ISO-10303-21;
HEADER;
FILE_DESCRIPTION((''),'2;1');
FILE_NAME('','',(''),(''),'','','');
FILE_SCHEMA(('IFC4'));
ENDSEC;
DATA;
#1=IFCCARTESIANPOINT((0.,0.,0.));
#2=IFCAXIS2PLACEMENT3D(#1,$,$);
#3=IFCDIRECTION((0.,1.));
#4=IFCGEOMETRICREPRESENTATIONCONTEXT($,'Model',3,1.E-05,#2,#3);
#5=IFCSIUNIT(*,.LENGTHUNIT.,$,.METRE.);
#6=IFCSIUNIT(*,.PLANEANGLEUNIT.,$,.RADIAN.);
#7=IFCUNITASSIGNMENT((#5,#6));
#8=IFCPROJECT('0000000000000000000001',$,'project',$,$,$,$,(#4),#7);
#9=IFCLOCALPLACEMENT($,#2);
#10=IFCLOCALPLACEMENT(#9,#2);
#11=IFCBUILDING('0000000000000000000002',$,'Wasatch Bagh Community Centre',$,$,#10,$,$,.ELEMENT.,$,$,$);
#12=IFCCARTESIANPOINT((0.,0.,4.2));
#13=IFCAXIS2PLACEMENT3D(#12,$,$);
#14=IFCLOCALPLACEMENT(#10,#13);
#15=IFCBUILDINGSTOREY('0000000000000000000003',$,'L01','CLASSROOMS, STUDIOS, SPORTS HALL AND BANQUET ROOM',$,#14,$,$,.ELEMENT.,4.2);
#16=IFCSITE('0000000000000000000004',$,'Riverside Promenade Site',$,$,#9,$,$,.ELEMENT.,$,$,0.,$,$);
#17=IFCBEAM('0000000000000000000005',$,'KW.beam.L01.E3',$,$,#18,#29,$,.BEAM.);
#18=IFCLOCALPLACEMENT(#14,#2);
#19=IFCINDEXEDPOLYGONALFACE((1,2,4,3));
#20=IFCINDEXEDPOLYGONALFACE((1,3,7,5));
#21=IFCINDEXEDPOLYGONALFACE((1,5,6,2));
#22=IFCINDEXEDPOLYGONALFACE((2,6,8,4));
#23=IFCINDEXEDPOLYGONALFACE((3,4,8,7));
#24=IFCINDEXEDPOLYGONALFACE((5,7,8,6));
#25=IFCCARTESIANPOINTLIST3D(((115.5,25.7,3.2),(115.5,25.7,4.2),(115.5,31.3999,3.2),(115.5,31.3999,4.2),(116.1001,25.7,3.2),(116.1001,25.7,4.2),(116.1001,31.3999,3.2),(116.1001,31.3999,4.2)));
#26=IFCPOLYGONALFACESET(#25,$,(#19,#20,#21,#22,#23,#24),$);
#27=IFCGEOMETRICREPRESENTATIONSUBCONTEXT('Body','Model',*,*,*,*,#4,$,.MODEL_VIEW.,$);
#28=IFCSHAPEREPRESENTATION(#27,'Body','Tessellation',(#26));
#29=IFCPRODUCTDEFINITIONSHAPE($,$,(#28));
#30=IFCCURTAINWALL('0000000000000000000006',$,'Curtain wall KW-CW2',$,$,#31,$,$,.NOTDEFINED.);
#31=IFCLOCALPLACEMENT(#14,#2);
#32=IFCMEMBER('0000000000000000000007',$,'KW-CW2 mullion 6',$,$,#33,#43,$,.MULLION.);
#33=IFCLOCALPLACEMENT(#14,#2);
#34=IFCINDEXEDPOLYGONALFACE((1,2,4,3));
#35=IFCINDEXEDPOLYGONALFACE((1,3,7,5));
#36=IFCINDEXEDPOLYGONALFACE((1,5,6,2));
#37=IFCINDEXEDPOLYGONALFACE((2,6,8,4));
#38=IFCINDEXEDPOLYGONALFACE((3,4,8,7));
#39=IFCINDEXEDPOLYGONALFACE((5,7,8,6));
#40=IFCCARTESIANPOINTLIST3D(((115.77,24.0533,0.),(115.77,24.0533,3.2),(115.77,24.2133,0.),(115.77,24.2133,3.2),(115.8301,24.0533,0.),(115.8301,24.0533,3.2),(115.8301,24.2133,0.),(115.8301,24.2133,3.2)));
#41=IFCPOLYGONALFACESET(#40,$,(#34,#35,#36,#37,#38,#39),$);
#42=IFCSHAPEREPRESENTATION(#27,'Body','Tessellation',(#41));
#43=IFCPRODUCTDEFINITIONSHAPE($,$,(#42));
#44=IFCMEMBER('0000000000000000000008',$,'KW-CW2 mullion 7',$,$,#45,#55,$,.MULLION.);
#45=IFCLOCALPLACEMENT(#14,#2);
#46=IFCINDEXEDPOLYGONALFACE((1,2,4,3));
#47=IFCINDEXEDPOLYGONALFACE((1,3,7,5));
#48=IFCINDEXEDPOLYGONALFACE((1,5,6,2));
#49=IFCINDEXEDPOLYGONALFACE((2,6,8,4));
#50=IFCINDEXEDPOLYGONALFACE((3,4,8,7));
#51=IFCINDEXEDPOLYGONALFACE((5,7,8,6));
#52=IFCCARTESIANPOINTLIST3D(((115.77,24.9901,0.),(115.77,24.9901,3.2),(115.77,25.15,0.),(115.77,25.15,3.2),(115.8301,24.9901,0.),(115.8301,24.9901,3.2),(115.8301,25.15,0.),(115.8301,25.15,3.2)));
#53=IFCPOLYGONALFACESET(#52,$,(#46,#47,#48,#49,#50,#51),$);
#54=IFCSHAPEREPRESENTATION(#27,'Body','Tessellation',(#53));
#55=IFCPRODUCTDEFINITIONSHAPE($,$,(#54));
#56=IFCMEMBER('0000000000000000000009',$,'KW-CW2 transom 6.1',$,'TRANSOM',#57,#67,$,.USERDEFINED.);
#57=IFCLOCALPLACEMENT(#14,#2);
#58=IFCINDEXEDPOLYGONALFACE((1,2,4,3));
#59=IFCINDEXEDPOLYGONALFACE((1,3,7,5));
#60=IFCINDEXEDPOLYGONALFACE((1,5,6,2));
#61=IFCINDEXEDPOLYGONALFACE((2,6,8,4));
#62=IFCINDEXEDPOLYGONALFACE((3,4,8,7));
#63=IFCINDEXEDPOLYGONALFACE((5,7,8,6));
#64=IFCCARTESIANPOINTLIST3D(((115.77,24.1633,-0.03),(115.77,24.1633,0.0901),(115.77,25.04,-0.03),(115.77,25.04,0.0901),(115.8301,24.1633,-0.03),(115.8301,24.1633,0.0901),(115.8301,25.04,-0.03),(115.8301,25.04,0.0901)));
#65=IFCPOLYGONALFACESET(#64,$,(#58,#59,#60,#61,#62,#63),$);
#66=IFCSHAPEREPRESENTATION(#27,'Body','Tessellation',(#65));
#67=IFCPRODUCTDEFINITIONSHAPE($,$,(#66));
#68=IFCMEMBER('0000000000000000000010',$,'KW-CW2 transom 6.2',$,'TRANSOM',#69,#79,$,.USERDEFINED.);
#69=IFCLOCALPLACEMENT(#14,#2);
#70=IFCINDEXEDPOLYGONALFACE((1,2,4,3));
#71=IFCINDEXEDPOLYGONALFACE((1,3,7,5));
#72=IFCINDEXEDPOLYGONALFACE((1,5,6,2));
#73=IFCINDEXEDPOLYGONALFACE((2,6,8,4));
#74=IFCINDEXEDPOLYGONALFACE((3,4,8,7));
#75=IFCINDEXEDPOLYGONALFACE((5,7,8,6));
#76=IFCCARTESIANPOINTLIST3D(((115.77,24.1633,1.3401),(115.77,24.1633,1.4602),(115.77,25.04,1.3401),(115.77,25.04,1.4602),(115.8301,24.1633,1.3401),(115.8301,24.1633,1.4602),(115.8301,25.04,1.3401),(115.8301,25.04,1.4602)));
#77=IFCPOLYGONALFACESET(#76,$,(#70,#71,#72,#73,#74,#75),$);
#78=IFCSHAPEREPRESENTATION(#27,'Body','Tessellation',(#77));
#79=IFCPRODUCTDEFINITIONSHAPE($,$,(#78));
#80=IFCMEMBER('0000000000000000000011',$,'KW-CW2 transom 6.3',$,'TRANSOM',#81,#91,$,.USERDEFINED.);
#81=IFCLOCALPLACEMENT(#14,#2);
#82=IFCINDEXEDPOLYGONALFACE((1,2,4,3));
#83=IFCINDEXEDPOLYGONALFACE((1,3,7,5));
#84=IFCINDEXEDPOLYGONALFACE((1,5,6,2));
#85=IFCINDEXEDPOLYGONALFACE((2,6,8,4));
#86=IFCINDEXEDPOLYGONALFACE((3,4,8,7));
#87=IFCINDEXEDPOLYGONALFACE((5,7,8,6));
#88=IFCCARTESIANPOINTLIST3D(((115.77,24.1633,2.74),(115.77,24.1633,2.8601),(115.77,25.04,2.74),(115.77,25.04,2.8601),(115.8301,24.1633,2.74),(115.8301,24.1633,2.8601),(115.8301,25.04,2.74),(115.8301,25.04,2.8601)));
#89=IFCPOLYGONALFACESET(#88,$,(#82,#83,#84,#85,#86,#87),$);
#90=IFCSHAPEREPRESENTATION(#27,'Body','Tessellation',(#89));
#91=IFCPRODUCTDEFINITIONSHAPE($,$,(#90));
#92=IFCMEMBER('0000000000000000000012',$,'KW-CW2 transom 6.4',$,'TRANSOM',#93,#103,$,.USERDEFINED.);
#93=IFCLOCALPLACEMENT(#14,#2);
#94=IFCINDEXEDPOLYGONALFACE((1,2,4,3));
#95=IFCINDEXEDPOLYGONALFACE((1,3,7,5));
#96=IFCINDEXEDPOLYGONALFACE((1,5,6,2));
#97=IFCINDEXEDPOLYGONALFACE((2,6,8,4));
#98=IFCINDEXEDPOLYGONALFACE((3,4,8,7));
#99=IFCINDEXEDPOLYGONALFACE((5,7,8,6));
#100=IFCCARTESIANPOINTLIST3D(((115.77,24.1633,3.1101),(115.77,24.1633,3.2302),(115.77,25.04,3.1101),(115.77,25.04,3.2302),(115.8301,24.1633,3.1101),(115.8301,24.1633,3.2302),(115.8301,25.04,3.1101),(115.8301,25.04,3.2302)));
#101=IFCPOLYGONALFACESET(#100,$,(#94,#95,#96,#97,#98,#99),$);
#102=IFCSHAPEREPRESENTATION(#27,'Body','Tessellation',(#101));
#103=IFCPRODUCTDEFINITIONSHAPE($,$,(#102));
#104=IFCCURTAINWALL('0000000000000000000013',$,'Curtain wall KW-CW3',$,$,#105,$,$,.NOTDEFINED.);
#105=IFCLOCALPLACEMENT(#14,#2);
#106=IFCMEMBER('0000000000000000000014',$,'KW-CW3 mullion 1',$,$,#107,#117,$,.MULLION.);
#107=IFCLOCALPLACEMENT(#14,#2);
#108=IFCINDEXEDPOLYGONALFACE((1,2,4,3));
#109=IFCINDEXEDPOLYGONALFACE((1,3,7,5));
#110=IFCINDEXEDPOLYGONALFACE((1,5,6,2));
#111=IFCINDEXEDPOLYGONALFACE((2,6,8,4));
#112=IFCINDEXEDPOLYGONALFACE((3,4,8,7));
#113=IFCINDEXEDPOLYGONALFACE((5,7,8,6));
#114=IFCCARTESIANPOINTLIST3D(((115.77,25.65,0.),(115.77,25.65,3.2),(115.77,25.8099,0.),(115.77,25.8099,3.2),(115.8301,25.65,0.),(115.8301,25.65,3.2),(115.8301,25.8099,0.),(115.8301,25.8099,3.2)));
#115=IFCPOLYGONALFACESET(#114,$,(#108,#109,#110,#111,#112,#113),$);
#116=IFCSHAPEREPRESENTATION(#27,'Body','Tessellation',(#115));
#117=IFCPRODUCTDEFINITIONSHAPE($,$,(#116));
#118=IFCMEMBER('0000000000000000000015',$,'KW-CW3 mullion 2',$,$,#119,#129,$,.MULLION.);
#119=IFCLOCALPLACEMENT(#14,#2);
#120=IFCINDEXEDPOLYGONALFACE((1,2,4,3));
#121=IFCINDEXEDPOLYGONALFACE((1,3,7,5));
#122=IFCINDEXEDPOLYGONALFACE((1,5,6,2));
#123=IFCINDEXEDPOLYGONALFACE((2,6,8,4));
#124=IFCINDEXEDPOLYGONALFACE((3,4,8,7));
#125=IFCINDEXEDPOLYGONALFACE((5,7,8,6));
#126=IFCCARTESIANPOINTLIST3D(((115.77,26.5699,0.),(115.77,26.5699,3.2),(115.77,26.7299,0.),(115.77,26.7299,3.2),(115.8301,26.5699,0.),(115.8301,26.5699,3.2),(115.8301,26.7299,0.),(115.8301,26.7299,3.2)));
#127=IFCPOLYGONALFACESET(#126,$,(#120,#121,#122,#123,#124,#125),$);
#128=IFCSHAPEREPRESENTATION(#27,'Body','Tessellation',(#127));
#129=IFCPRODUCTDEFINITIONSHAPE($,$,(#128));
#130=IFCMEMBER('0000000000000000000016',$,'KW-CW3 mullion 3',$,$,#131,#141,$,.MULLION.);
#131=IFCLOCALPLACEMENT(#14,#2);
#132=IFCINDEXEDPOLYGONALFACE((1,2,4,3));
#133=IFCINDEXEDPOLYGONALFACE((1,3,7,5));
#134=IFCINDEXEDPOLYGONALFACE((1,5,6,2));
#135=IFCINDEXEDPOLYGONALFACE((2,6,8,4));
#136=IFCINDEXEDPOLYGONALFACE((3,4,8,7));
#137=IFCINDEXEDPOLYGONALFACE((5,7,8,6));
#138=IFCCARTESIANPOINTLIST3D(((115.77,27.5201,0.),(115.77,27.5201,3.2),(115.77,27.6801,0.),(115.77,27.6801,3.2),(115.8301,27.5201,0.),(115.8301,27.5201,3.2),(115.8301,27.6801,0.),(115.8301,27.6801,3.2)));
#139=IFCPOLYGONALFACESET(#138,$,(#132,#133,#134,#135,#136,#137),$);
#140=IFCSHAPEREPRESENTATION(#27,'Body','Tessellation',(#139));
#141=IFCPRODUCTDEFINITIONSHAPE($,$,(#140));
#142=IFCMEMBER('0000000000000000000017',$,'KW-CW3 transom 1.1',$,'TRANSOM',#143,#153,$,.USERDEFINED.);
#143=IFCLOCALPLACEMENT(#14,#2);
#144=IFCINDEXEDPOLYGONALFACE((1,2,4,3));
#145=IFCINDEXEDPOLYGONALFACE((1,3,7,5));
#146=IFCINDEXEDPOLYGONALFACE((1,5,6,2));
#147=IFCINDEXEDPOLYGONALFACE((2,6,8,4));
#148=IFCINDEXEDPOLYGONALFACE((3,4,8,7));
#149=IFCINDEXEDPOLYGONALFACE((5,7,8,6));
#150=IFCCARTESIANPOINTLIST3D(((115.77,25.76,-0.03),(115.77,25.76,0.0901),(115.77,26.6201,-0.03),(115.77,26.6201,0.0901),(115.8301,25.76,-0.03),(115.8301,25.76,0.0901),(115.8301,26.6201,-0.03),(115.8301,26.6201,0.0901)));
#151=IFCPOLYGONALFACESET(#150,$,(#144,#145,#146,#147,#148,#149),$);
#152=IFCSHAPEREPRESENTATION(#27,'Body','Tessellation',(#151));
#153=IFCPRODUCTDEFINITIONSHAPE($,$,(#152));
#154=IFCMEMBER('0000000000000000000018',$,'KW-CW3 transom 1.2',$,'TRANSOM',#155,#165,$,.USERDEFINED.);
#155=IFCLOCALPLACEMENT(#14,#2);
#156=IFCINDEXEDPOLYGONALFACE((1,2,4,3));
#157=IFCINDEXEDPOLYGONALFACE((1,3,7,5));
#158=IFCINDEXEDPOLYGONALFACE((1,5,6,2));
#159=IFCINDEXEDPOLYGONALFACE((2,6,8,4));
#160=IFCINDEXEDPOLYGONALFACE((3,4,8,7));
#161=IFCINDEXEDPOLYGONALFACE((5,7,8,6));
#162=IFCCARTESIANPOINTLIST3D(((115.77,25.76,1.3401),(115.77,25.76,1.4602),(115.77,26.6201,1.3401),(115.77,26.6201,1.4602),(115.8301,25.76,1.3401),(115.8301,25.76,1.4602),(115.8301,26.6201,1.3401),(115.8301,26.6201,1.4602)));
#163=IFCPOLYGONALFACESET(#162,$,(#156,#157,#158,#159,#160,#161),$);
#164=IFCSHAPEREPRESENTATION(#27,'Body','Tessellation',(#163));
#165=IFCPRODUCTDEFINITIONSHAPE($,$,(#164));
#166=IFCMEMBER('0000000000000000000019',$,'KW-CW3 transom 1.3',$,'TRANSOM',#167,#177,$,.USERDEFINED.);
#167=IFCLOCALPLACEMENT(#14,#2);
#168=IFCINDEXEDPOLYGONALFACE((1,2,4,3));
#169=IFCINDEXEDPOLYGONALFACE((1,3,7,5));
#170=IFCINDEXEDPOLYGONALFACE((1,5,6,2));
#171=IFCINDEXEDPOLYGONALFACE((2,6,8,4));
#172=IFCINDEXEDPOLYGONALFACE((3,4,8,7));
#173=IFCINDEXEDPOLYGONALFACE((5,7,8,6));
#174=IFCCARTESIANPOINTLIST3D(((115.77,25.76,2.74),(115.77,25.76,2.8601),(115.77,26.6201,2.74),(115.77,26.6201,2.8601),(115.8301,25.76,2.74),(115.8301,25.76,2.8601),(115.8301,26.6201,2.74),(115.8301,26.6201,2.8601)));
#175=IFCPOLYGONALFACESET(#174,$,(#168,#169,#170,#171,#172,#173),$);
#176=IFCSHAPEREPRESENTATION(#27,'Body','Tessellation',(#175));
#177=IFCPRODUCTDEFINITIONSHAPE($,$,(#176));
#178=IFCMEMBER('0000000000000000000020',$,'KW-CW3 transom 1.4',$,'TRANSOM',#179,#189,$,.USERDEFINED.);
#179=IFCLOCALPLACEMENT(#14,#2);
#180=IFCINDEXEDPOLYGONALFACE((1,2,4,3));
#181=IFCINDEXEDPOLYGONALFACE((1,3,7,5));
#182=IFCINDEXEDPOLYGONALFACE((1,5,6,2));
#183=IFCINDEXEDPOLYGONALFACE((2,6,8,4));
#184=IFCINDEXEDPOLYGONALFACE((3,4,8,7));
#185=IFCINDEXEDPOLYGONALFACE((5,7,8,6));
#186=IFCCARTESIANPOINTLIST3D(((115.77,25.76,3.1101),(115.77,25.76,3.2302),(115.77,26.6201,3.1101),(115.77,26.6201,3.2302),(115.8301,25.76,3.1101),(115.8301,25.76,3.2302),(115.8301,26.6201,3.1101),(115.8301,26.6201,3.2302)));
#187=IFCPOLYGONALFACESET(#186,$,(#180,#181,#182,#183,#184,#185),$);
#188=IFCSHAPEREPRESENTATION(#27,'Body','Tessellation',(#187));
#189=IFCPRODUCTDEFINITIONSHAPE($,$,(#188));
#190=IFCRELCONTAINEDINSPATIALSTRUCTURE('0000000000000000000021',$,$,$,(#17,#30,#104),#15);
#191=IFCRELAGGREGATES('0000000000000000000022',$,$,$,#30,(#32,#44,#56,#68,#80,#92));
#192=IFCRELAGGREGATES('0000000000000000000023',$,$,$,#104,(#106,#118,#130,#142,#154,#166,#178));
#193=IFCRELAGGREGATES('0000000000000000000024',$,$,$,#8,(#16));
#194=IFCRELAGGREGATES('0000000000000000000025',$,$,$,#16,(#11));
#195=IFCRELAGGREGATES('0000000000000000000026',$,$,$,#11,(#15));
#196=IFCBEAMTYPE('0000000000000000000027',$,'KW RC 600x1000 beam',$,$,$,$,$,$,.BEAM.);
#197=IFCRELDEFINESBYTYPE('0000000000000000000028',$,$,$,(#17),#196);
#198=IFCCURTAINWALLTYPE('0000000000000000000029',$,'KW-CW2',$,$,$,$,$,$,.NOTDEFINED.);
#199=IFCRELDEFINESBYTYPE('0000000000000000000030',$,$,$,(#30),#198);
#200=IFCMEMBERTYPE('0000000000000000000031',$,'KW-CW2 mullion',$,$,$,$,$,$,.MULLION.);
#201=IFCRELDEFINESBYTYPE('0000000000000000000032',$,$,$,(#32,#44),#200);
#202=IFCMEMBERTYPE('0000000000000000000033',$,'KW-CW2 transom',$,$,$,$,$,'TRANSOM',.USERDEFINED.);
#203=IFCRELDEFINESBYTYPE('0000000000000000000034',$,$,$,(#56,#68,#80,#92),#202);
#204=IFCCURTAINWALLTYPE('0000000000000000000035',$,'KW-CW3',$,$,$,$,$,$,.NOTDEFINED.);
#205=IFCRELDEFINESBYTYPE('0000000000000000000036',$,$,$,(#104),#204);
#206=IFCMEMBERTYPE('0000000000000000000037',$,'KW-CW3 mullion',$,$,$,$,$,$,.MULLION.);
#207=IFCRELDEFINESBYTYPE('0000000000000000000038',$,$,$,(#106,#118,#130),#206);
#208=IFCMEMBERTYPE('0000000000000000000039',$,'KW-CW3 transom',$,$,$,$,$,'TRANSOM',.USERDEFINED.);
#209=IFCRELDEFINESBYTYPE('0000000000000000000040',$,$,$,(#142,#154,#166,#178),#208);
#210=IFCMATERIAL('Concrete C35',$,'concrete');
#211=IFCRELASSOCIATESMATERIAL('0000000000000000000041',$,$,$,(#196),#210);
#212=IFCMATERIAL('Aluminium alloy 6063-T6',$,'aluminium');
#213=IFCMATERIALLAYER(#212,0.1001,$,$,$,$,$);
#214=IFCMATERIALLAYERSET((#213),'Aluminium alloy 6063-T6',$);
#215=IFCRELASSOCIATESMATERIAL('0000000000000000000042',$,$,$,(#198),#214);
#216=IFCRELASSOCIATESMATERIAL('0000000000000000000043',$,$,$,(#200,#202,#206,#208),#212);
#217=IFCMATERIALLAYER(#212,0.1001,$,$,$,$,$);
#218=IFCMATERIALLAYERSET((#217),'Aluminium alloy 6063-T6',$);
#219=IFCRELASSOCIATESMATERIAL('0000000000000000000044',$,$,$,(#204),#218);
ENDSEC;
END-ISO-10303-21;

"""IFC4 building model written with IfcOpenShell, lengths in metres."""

from ifc_helpers import new_model, si_unit, direction, frame, origin, origin_2d, place, context, subcontext, project, spatial, rectangle, extrude, material, layer, layer_set, material_profile, profile_set, type_object, element, aggregate, save


model = new_model("IFC4")

# Units and contexts
model_context = context("Model", 3, precision=1e-05, world=origin(), true_north=direction((0.0, 1.0)))
body_context = subcontext(model_context, "Body", "Model", "MODEL_VIEW")
ifc_project = project(units=[si_unit("LENGTHUNIT", "METRE"), si_unit("PLANEANGLEUNIT", "RADIAN")], contexts=[model_context])

# Site, building, storey
site_placement = place(None, origin())
site = spatial("IfcSite", under=ifc_project, at=site_placement, Name="Riverside Promenade Site", CompositionType="ELEMENT", RefElevation=0.0)
building_placement = place(site_placement, origin())
building = spatial("IfcBuilding", under=site, at=building_placement, Name="Wasatch Bagh Community Centre", CompositionType="ELEMENT")
storey_placement = place(building_placement, frame((0.0, 0.0, 4.2)))
storey = spatial("IfcBuildingStorey", under=building, at=storey_placement, Name="L01", Description="CLASSROOMS, STUDIOS, SPORTS HALL AND BANQUET ROOM", CompositionType="ELEMENT", Elevation=4.2)

# Beam
ifc_material_1 = material(Name="Concrete C35", Category="concrete")
ifc_material_profile_1 = material_profile(ifc_material_1, rectangle(XDim=0.6001, YDim=1.0, at=origin_2d()), Name="RC 600x1000")
ifc_profile_set_1 = profile_set([ifc_material_profile_1], Name="Concrete C35")
beam_type = type_object("IfcBeamType", Name="KW RC 600x1000 beam", PredefinedType="BEAM", material=ifc_profile_set_1)
beam_placement = place(storey_placement, frame((115.8, 25.7, 3.7), z_axis=(0.0, 1.0, 0.0), x_axis=(-1.0, 0.0, 0.0)))
element("IfcBeam", 1, at=beam_placement, inside=storey, type_object=beam_type, Name="KW.beam.L01.E3", PredefinedType="BEAM", context=body_context, shape_type="SweptSolid", body=[
    extrude(rectangle(XDim=0.6001, YDim=1.0, at=origin_2d()), origin(), (0.0, 0.0, 1.0), 5.7),
])

# Curtain walls, members
ifc_material_2 = material(Name="Aluminium alloy 6063-T6", Category="aluminium")
ifc_layer_1 = layer(ifc_material_2, 0.1001)
ifc_layer_set_1 = layer_set([ifc_layer_1], Name="Aluminium alloy 6063-T6")
curtain_wall_type_1 = type_object("IfcCurtainWallType", Name="KW-CW2", PredefinedType="NOTDEFINED", material=ifc_layer_set_1)
curtain_wall_1_placement = place(storey_placement, origin())
curtain_wall_1 = element("IfcCurtainWall", 2, at=curtain_wall_1_placement, inside=storey, type_object=curtain_wall_type_1, Name="Curtain wall KW-CW2", PredefinedType="NOTDEFINED")
ifc_material_profile_2 = material_profile(ifc_material_2, rectangle(XDim=0.0601, YDim=0.1599, at=origin_2d()), Name="AL 60x160")
ifc_profile_set_2 = profile_set([ifc_material_profile_2], Name="Aluminium alloy 6063-T6")
member_type_1 = type_object("IfcMemberType", Name="KW-CW2 mullion", PredefinedType="MULLION", material=ifc_profile_set_2)
member_1_placement = place(storey_placement, frame((115.8, 24.1333, 0.0), z_axis=(0.0, 0.0, 1.0), x_axis=(-1.0, 0.0, 0.0)))
member_1 = element("IfcMember", 3, at=member_1_placement, type_object=member_type_1, Name="KW-CW2 mullion 6", PredefinedType="MULLION", context=body_context, shape_type="SweptSolid", body=[
    extrude(rectangle(XDim=0.0601, YDim=0.1599, at=origin_2d()), origin(), (0.0, 0.0, 1.0), 3.2),
])
member_2_placement = place(storey_placement, frame((115.8, 25.0701, 0.0), z_axis=(0.0, 0.0, 1.0), x_axis=(-1.0, 0.0, 0.0)))
member_2 = element("IfcMember", 4, at=member_2_placement, type_object=member_type_1, Name="KW-CW2 mullion 7", PredefinedType="MULLION", context=body_context, shape_type="SweptSolid", body=[
    extrude(rectangle(XDim=0.0601, YDim=0.1599, at=origin_2d()), origin(), (0.0, 0.0, 1.0), 3.2),
])
ifc_material_profile_3 = material_profile(ifc_material_2, rectangle(XDim=0.0601, YDim=0.1201, at=origin_2d()), Name="AL 60x120")
ifc_profile_set_3 = profile_set([ifc_material_profile_3], Name="Aluminium alloy 6063-T6")
member_type_2 = type_object("IfcMemberType", Name="KW-CW2 transom", ElementType="TRANSOM", PredefinedType="USERDEFINED", material=ifc_profile_set_3)
member_3_placement = place(storey_placement, frame((115.8, 24.1633, 0.03), z_axis=(0.0, 1.0, 0.0), x_axis=(-1.0, 0.0, 0.0)))
member_3 = element("IfcMember", 5, at=member_3_placement, type_object=member_type_2, Name="KW-CW2 transom 6.1", ObjectType="TRANSOM", PredefinedType="USERDEFINED", context=body_context, shape_type="SweptSolid", body=[
    extrude(rectangle(XDim=0.0601, YDim=0.1201, at=origin_2d()), origin(), (0.0, 0.0, 1.0), 0.8767),
])
member_4_placement = place(storey_placement, frame((115.8, 24.1633, 1.4001), z_axis=(0.0, 1.0, 0.0), x_axis=(-1.0, 0.0, 0.0)))
member_4 = element("IfcMember", 6, at=member_4_placement, type_object=member_type_2, Name="KW-CW2 transom 6.2", ObjectType="TRANSOM", PredefinedType="USERDEFINED", context=body_context, shape_type="SweptSolid", body=[
    extrude(rectangle(XDim=0.0601, YDim=0.1201, at=origin_2d()), origin(), (0.0, 0.0, 1.0), 0.8767),
])
member_5_placement = place(storey_placement, frame((115.8, 24.1633, 2.8), z_axis=(0.0, 1.0, 0.0), x_axis=(-1.0, 0.0, 0.0)))
member_5 = element("IfcMember", 7, at=member_5_placement, type_object=member_type_2, Name="KW-CW2 transom 6.3", ObjectType="TRANSOM", PredefinedType="USERDEFINED", context=body_context, shape_type="SweptSolid", body=[
    extrude(rectangle(XDim=0.0601, YDim=0.1201, at=origin_2d()), origin(), (0.0, 0.0, 1.0), 0.8767),
])
member_6_placement = place(storey_placement, frame((115.8, 24.1633, 3.1702), z_axis=(0.0, 1.0, 0.0), x_axis=(-1.0, 0.0, 0.0)))
member_6 = element("IfcMember", 8, at=member_6_placement, type_object=member_type_2, Name="KW-CW2 transom 6.4", ObjectType="TRANSOM", PredefinedType="USERDEFINED", context=body_context, shape_type="SweptSolid", body=[
    extrude(rectangle(XDim=0.0601, YDim=0.1201, at=origin_2d()), origin(), (0.0, 0.0, 1.0), 0.8767),
])
ifc_layer_2 = layer(ifc_material_2, 0.1001)
ifc_layer_set_2 = layer_set([ifc_layer_2], Name="Aluminium alloy 6063-T6")
curtain_wall_type_2 = type_object("IfcCurtainWallType", Name="KW-CW3", PredefinedType="NOTDEFINED", material=ifc_layer_set_2)
curtain_wall_2_placement = place(storey_placement, origin())
curtain_wall_2 = element("IfcCurtainWall", 9, at=curtain_wall_2_placement, inside=storey, type_object=curtain_wall_type_2, Name="Curtain wall KW-CW3", PredefinedType="NOTDEFINED")
ifc_material_profile_4 = material_profile(ifc_material_2, rectangle(XDim=0.0601, YDim=0.1599, at=origin_2d()), Name="AL 60x160")
ifc_profile_set_4 = profile_set([ifc_material_profile_4], Name="Aluminium alloy 6063-T6")
member_type_3 = type_object("IfcMemberType", Name="KW-CW3 mullion", PredefinedType="MULLION", material=ifc_profile_set_4)
member_7_placement = place(storey_placement, frame((115.8, 25.73, 0.0), z_axis=(0.0, 0.0, 1.0), x_axis=(-1.0, 0.0, 0.0)))
member_7 = element("IfcMember", 10, at=member_7_placement, type_object=member_type_3, Name="KW-CW3 mullion 1", PredefinedType="MULLION", context=body_context, shape_type="SweptSolid", body=[
    extrude(rectangle(XDim=0.0601, YDim=0.1599, at=origin_2d()), origin(), (0.0, 0.0, 1.0), 3.2),
])
member_8_placement = place(storey_placement, frame((115.8, 26.6499, 0.0), z_axis=(0.0, 0.0, 1.0), x_axis=(-1.0, 0.0, 0.0)))
member_8 = element("IfcMember", 11, at=member_8_placement, type_object=member_type_3, Name="KW-CW3 mullion 2", PredefinedType="MULLION", context=body_context, shape_type="SweptSolid", body=[
    extrude(rectangle(XDim=0.0601, YDim=0.1599, at=origin_2d()), origin(), (0.0, 0.0, 1.0), 3.2),
])
member_9_placement = place(storey_placement, frame((115.8, 27.6001, 0.0), z_axis=(0.0, 0.0, 1.0), x_axis=(-1.0, 0.0, 0.0)))
member_9 = element("IfcMember", 12, at=member_9_placement, type_object=member_type_3, Name="KW-CW3 mullion 3", PredefinedType="MULLION", context=body_context, shape_type="SweptSolid", body=[
    extrude(rectangle(XDim=0.0601, YDim=0.1599, at=origin_2d()), origin(), (0.0, 0.0, 1.0), 3.2),
])
ifc_material_profile_5 = material_profile(ifc_material_2, rectangle(XDim=0.0601, YDim=0.1201, at=origin_2d()), Name="AL 60x120")
ifc_profile_set_5 = profile_set([ifc_material_profile_5], Name="Aluminium alloy 6063-T6")
member_type_4 = type_object("IfcMemberType", Name="KW-CW3 transom", ElementType="TRANSOM", PredefinedType="USERDEFINED", material=ifc_profile_set_5)
member_10_placement = place(storey_placement, frame((115.8, 25.76, 0.03), z_axis=(0.0, 1.0, 0.0), x_axis=(-1.0, 0.0, 0.0)))
member_10 = element("IfcMember", 13, at=member_10_placement, type_object=member_type_4, Name="KW-CW3 transom 1.1", ObjectType="TRANSOM", PredefinedType="USERDEFINED", context=body_context, shape_type="SweptSolid", body=[
    extrude(rectangle(XDim=0.0601, YDim=0.1201, at=origin_2d()), origin(), (0.0, 0.0, 1.0), 0.8601),
])
member_11_placement = place(storey_placement, frame((115.8, 25.76, 1.4001), z_axis=(0.0, 1.0, 0.0), x_axis=(-1.0, 0.0, 0.0)))
member_11 = element("IfcMember", 14, at=member_11_placement, type_object=member_type_4, Name="KW-CW3 transom 1.2", ObjectType="TRANSOM", PredefinedType="USERDEFINED", context=body_context, shape_type="SweptSolid", body=[
    extrude(rectangle(XDim=0.0601, YDim=0.1201, at=origin_2d()), origin(), (0.0, 0.0, 1.0), 0.8601),
])
member_12_placement = place(storey_placement, frame((115.8, 25.76, 2.8), z_axis=(0.0, 1.0, 0.0), x_axis=(-1.0, 0.0, 0.0)))
member_12 = element("IfcMember", 15, at=member_12_placement, type_object=member_type_4, Name="KW-CW3 transom 1.3", ObjectType="TRANSOM", PredefinedType="USERDEFINED", context=body_context, shape_type="SweptSolid", body=[
    extrude(rectangle(XDim=0.0601, YDim=0.1201, at=origin_2d()), origin(), (0.0, 0.0, 1.0), 0.8601),
])
member_13_placement = place(storey_placement, frame((115.8, 25.76, 3.1702), z_axis=(0.0, 1.0, 0.0), x_axis=(-1.0, 0.0, 0.0)))
member_13 = element("IfcMember", 16, at=member_13_placement, type_object=member_type_4, Name="KW-CW3 transom 1.4", ObjectType="TRANSOM", PredefinedType="USERDEFINED", context=body_context, shape_type="SweptSolid", body=[
    extrude(rectangle(XDim=0.0601, YDim=0.1201, at=origin_2d()), origin(), (0.0, 0.0, 1.0), 0.8601),
])

aggregate(curtain_wall_1, [member_1, member_2, member_3, member_4, member_5, member_6])
aggregate(curtain_wall_2, [member_7, member_8, member_9, member_10, member_11, member_12, member_13])

save(model, "model.ifc")
